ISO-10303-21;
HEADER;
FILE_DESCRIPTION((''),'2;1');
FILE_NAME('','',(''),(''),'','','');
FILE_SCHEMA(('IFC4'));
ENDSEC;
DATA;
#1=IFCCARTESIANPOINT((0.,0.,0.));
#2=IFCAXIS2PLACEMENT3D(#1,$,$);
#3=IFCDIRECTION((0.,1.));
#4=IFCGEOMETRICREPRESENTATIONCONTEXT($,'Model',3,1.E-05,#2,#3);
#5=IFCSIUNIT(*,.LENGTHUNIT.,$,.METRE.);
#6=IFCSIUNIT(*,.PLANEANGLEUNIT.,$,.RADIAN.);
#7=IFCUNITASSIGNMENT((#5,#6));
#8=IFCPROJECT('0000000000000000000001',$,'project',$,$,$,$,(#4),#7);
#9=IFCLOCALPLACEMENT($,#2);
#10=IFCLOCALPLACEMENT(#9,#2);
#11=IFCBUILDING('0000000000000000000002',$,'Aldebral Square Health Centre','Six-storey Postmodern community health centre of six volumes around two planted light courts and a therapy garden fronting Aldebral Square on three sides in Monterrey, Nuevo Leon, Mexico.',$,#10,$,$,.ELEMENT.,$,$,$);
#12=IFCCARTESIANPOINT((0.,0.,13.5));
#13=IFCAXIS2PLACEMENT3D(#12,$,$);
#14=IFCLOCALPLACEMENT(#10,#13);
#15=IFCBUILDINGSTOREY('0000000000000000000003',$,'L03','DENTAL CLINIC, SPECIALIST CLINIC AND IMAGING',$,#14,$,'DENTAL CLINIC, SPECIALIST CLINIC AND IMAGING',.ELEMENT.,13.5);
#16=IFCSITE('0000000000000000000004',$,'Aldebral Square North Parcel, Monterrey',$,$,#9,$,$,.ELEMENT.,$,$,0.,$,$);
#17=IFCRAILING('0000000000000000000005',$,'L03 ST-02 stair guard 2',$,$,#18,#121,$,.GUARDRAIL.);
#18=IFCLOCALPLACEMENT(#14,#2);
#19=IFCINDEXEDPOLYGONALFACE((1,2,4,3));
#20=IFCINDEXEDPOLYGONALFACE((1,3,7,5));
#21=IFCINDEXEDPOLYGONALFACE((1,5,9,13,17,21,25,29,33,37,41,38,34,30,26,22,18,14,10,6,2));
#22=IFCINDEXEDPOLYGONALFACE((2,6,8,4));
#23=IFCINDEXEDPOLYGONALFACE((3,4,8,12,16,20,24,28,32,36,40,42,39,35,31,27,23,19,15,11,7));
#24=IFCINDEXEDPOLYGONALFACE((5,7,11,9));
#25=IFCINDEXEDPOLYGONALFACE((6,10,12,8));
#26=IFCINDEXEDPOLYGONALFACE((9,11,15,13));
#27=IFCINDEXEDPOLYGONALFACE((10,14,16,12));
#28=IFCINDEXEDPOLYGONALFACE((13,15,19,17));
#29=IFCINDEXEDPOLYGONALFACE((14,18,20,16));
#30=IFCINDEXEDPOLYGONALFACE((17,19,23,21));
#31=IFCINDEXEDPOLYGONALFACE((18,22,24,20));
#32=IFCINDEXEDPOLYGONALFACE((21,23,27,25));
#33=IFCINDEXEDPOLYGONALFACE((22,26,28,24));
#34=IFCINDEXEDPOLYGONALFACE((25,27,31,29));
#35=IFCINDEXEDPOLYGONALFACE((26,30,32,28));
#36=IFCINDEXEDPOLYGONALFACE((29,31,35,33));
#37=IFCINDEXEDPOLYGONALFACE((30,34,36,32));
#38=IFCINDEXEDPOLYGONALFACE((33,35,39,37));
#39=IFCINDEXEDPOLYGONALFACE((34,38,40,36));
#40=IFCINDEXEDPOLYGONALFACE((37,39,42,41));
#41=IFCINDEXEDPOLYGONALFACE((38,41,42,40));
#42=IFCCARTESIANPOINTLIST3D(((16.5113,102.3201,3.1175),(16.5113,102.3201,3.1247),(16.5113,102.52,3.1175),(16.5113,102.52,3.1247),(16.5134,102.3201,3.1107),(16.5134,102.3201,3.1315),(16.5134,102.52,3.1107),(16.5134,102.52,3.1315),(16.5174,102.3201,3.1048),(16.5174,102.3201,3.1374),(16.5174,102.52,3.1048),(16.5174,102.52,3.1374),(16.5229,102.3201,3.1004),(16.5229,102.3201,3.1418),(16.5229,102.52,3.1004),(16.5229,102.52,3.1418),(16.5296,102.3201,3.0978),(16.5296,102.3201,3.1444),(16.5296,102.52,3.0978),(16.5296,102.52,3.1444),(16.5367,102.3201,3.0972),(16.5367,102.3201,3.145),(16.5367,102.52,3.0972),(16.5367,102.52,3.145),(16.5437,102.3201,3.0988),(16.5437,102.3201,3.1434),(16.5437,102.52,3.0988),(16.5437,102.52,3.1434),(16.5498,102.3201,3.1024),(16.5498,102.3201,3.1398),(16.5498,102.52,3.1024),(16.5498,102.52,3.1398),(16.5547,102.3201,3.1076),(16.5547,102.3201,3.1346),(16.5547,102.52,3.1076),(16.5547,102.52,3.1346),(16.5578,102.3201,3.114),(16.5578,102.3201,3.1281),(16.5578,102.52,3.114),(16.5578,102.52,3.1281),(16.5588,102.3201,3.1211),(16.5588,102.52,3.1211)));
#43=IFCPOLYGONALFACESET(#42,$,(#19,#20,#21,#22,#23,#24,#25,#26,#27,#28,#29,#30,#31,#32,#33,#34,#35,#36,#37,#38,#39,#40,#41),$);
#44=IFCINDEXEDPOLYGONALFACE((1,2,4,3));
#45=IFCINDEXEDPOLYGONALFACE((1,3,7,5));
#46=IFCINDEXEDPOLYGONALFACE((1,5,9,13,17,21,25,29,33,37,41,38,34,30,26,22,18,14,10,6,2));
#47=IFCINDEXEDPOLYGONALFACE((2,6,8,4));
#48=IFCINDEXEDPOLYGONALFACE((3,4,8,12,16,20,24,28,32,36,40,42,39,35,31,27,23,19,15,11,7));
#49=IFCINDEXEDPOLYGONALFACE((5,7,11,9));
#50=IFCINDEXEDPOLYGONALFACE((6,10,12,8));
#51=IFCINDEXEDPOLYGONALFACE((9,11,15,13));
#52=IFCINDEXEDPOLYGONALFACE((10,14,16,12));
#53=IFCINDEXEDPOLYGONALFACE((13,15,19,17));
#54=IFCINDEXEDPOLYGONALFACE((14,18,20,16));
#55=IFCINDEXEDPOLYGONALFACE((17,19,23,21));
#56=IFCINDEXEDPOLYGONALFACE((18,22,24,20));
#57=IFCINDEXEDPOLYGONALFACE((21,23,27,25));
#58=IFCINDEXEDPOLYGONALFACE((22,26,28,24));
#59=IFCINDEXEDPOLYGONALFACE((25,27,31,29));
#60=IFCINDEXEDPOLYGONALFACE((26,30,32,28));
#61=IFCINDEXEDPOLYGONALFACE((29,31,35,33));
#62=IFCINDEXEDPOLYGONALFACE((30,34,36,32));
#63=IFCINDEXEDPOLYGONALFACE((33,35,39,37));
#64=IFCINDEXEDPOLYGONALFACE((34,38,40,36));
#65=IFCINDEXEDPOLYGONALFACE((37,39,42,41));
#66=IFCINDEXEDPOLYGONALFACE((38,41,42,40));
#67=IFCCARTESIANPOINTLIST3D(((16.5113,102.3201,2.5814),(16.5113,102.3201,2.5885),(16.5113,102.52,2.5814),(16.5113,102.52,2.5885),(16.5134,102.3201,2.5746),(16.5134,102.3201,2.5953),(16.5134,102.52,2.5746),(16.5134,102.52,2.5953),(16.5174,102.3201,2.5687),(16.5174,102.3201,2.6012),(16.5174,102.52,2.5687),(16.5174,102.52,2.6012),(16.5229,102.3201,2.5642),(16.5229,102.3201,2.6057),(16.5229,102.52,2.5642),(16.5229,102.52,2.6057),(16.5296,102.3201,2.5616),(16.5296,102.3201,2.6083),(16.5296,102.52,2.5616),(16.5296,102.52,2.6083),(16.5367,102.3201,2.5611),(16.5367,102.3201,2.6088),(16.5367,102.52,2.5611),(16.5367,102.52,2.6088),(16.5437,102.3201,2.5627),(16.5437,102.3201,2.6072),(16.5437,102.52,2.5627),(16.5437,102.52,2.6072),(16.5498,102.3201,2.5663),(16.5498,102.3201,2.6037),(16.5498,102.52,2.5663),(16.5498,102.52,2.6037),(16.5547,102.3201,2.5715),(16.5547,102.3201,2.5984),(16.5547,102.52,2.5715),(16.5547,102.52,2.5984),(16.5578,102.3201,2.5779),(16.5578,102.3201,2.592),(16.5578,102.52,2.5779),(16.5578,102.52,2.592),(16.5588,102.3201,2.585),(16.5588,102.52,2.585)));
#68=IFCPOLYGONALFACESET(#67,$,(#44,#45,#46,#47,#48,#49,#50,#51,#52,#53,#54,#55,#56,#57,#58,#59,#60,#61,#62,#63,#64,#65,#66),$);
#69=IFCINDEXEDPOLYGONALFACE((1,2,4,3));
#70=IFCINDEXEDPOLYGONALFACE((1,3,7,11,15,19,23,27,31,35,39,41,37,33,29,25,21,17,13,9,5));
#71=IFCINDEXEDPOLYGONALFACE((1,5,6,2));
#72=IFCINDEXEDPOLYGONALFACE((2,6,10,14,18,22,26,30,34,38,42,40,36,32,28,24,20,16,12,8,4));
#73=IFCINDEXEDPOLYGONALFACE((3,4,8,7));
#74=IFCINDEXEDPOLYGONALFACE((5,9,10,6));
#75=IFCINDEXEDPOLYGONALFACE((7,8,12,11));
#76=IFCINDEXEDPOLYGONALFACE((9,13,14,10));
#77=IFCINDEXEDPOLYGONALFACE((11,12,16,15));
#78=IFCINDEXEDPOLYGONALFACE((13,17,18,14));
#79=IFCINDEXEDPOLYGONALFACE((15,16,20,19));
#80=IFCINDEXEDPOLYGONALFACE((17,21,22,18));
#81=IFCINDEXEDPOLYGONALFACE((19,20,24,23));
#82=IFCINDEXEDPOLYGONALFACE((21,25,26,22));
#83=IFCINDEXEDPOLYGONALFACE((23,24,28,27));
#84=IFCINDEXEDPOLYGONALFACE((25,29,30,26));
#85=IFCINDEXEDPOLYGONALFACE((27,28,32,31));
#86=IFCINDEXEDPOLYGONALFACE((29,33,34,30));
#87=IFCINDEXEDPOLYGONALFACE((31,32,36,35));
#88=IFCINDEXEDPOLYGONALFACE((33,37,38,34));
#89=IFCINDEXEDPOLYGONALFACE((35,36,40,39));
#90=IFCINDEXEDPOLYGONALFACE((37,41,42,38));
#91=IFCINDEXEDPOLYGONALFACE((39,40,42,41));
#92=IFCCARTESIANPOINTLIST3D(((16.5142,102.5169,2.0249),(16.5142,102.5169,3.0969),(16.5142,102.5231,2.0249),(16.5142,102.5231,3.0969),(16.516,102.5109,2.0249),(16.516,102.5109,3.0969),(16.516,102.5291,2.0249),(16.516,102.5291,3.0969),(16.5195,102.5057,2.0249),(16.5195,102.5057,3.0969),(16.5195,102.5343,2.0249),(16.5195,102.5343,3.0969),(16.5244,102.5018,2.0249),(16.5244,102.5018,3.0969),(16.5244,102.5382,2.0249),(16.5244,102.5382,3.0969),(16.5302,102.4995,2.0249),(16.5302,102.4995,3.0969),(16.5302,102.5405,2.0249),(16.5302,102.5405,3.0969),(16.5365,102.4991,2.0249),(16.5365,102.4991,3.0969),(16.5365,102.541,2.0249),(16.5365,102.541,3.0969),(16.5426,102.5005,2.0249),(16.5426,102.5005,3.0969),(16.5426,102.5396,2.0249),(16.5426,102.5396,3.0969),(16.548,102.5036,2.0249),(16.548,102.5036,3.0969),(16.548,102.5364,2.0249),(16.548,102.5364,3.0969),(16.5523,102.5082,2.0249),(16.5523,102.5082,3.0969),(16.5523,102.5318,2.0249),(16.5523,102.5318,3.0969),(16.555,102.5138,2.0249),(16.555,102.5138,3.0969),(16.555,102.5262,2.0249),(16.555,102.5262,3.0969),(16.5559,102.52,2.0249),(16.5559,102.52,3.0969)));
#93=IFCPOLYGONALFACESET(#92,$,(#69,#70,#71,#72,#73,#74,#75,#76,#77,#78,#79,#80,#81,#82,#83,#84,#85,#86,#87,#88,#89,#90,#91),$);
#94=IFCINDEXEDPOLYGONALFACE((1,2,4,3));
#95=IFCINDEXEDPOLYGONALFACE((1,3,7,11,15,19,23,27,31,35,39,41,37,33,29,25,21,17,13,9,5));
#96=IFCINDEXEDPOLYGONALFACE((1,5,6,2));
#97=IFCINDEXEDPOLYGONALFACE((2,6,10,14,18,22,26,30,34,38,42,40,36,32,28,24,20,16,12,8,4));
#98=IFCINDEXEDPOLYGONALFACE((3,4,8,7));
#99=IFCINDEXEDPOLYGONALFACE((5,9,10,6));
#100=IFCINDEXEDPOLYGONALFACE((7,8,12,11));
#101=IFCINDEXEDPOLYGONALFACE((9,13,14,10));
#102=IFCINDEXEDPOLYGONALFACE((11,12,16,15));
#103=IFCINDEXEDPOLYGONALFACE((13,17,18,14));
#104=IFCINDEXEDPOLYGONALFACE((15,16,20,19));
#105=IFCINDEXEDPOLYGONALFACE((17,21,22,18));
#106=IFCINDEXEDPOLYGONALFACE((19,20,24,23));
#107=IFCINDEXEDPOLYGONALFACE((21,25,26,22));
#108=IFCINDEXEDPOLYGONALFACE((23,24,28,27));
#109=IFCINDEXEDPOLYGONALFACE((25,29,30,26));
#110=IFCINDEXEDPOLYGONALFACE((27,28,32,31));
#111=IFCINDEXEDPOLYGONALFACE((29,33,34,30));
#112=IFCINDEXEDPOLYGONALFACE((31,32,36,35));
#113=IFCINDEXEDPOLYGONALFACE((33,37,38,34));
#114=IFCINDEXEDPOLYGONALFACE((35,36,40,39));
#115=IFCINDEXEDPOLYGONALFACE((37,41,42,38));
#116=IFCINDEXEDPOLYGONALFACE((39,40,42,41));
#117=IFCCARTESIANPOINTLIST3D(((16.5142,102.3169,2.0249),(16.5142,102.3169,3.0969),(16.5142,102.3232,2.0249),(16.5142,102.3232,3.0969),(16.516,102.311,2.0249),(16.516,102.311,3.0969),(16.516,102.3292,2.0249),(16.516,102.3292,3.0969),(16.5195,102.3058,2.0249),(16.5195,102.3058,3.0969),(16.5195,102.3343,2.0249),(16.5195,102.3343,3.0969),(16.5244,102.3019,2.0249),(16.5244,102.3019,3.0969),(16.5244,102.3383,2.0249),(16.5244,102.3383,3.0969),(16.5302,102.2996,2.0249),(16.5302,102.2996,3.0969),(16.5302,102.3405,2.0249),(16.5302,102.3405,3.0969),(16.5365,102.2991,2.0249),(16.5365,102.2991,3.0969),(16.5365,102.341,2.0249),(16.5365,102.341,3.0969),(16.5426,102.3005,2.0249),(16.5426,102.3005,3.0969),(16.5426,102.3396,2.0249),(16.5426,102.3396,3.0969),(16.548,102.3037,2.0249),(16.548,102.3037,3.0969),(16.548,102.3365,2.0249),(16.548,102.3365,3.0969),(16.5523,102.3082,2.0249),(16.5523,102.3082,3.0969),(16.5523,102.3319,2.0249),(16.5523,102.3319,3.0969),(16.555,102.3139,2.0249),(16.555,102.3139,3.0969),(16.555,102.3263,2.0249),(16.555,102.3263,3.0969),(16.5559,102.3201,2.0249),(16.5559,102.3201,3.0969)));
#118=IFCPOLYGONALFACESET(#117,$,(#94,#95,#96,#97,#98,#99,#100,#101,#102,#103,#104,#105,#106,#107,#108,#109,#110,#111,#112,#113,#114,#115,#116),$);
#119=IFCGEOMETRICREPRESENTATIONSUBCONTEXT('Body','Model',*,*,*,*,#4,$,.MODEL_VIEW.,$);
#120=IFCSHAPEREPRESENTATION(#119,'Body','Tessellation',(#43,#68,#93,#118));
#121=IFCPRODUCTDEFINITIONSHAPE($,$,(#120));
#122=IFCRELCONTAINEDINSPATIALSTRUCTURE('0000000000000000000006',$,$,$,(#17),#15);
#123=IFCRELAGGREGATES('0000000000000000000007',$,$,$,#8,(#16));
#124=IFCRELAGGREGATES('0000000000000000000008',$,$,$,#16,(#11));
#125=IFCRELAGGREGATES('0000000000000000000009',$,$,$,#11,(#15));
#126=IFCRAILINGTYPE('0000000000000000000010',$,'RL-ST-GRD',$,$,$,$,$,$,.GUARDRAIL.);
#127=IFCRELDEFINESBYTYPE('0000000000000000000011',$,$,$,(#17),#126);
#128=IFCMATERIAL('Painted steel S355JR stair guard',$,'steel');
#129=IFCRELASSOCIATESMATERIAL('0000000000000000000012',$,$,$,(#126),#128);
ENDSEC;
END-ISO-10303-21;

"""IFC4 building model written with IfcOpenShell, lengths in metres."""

from ifc_helpers import new_model, si_unit, direction, frame, origin, origin_2d, place, context, subcontext, project, spatial, circle, extrude, material, type_object, element, save


model = new_model("IFC4")

# Units and contexts
model_context = context("Model", 3, precision=1e-05, world=origin(), true_north=direction((0.0, 1.0)))
body_context = subcontext(model_context, "Body", "Model", "MODEL_VIEW")
ifc_project = project(units=[si_unit("LENGTHUNIT", "METRE"), si_unit("PLANEANGLEUNIT", "RADIAN")], contexts=[model_context])

# Site, building, storey
site_placement = place(None, origin())
site = spatial("IfcSite", under=ifc_project, at=site_placement, Name="Aldebral Square North Parcel, Monterrey", CompositionType="ELEMENT", RefElevation=0.0)
building_placement = place(site_placement, origin())
building = spatial("IfcBuilding", under=site, at=building_placement, Name="Aldebral Square Health Centre", Description="Six-storey Postmodern community health centre of six volumes around two planted light courts and a therapy garden fronting Aldebral Square on three sides in Monterrey, Nuevo Leon, Mexico.", CompositionType="ELEMENT")
storey_placement = place(building_placement, frame((0.0, 0.0, 13.5)))
storey = spatial("IfcBuildingStorey", under=building, at=storey_placement, Name="L03", Description="DENTAL CLINIC, SPECIALIST CLINIC AND IMAGING", LongName="DENTAL CLINIC, SPECIALIST CLINIC AND IMAGING", CompositionType="ELEMENT", Elevation=13.5)

# Railing
ifc_material_1 = material(Name="Painted steel S355JR stair guard", Category="steel")
railing_type_1 = type_object("IfcRailingType", Name="RL-ST-GRD", PredefinedType="GUARDRAIL", material=ifc_material_1)
railing_1_placement = place(storey_placement, frame((16.5349, 102.52, 2.0249)))
element("IfcRailing", 1, at=railing_1_placement, inside=storey, type_object=railing_type_1, Name="L03 ST-02 stair guard 2", PredefinedType="GUARDRAIL", context=body_context, shape_type="SweptSolid", body=[
    extrude(circle(Radius=0.0239, at=origin_2d()), frame((0.0, 0.0, 1.0962), z_axis=(0.0, -1.0, 0.0), x_axis=(1.0, 0.0, 0.0)), (0.0, 0.0, 1.0), 0.2),
    extrude(circle(Radius=0.0239, at=origin_2d()), frame((0.0, 0.0, 0.5601), z_axis=(0.0, -1.0, 0.0), x_axis=(1.0, 0.0, 0.0)), (0.0, 0.0, 1.0), 0.2),
    extrude(circle(Radius=0.021, at=origin_2d()), origin(), (0.0, 0.0, 1.0), 1.072),
    extrude(circle(Radius=0.021, at=origin_2d()), frame((0.0, -0.2, 0.0)), (0.0, 0.0, 1.0), 1.072),
])

save(model, "model.ifc")
